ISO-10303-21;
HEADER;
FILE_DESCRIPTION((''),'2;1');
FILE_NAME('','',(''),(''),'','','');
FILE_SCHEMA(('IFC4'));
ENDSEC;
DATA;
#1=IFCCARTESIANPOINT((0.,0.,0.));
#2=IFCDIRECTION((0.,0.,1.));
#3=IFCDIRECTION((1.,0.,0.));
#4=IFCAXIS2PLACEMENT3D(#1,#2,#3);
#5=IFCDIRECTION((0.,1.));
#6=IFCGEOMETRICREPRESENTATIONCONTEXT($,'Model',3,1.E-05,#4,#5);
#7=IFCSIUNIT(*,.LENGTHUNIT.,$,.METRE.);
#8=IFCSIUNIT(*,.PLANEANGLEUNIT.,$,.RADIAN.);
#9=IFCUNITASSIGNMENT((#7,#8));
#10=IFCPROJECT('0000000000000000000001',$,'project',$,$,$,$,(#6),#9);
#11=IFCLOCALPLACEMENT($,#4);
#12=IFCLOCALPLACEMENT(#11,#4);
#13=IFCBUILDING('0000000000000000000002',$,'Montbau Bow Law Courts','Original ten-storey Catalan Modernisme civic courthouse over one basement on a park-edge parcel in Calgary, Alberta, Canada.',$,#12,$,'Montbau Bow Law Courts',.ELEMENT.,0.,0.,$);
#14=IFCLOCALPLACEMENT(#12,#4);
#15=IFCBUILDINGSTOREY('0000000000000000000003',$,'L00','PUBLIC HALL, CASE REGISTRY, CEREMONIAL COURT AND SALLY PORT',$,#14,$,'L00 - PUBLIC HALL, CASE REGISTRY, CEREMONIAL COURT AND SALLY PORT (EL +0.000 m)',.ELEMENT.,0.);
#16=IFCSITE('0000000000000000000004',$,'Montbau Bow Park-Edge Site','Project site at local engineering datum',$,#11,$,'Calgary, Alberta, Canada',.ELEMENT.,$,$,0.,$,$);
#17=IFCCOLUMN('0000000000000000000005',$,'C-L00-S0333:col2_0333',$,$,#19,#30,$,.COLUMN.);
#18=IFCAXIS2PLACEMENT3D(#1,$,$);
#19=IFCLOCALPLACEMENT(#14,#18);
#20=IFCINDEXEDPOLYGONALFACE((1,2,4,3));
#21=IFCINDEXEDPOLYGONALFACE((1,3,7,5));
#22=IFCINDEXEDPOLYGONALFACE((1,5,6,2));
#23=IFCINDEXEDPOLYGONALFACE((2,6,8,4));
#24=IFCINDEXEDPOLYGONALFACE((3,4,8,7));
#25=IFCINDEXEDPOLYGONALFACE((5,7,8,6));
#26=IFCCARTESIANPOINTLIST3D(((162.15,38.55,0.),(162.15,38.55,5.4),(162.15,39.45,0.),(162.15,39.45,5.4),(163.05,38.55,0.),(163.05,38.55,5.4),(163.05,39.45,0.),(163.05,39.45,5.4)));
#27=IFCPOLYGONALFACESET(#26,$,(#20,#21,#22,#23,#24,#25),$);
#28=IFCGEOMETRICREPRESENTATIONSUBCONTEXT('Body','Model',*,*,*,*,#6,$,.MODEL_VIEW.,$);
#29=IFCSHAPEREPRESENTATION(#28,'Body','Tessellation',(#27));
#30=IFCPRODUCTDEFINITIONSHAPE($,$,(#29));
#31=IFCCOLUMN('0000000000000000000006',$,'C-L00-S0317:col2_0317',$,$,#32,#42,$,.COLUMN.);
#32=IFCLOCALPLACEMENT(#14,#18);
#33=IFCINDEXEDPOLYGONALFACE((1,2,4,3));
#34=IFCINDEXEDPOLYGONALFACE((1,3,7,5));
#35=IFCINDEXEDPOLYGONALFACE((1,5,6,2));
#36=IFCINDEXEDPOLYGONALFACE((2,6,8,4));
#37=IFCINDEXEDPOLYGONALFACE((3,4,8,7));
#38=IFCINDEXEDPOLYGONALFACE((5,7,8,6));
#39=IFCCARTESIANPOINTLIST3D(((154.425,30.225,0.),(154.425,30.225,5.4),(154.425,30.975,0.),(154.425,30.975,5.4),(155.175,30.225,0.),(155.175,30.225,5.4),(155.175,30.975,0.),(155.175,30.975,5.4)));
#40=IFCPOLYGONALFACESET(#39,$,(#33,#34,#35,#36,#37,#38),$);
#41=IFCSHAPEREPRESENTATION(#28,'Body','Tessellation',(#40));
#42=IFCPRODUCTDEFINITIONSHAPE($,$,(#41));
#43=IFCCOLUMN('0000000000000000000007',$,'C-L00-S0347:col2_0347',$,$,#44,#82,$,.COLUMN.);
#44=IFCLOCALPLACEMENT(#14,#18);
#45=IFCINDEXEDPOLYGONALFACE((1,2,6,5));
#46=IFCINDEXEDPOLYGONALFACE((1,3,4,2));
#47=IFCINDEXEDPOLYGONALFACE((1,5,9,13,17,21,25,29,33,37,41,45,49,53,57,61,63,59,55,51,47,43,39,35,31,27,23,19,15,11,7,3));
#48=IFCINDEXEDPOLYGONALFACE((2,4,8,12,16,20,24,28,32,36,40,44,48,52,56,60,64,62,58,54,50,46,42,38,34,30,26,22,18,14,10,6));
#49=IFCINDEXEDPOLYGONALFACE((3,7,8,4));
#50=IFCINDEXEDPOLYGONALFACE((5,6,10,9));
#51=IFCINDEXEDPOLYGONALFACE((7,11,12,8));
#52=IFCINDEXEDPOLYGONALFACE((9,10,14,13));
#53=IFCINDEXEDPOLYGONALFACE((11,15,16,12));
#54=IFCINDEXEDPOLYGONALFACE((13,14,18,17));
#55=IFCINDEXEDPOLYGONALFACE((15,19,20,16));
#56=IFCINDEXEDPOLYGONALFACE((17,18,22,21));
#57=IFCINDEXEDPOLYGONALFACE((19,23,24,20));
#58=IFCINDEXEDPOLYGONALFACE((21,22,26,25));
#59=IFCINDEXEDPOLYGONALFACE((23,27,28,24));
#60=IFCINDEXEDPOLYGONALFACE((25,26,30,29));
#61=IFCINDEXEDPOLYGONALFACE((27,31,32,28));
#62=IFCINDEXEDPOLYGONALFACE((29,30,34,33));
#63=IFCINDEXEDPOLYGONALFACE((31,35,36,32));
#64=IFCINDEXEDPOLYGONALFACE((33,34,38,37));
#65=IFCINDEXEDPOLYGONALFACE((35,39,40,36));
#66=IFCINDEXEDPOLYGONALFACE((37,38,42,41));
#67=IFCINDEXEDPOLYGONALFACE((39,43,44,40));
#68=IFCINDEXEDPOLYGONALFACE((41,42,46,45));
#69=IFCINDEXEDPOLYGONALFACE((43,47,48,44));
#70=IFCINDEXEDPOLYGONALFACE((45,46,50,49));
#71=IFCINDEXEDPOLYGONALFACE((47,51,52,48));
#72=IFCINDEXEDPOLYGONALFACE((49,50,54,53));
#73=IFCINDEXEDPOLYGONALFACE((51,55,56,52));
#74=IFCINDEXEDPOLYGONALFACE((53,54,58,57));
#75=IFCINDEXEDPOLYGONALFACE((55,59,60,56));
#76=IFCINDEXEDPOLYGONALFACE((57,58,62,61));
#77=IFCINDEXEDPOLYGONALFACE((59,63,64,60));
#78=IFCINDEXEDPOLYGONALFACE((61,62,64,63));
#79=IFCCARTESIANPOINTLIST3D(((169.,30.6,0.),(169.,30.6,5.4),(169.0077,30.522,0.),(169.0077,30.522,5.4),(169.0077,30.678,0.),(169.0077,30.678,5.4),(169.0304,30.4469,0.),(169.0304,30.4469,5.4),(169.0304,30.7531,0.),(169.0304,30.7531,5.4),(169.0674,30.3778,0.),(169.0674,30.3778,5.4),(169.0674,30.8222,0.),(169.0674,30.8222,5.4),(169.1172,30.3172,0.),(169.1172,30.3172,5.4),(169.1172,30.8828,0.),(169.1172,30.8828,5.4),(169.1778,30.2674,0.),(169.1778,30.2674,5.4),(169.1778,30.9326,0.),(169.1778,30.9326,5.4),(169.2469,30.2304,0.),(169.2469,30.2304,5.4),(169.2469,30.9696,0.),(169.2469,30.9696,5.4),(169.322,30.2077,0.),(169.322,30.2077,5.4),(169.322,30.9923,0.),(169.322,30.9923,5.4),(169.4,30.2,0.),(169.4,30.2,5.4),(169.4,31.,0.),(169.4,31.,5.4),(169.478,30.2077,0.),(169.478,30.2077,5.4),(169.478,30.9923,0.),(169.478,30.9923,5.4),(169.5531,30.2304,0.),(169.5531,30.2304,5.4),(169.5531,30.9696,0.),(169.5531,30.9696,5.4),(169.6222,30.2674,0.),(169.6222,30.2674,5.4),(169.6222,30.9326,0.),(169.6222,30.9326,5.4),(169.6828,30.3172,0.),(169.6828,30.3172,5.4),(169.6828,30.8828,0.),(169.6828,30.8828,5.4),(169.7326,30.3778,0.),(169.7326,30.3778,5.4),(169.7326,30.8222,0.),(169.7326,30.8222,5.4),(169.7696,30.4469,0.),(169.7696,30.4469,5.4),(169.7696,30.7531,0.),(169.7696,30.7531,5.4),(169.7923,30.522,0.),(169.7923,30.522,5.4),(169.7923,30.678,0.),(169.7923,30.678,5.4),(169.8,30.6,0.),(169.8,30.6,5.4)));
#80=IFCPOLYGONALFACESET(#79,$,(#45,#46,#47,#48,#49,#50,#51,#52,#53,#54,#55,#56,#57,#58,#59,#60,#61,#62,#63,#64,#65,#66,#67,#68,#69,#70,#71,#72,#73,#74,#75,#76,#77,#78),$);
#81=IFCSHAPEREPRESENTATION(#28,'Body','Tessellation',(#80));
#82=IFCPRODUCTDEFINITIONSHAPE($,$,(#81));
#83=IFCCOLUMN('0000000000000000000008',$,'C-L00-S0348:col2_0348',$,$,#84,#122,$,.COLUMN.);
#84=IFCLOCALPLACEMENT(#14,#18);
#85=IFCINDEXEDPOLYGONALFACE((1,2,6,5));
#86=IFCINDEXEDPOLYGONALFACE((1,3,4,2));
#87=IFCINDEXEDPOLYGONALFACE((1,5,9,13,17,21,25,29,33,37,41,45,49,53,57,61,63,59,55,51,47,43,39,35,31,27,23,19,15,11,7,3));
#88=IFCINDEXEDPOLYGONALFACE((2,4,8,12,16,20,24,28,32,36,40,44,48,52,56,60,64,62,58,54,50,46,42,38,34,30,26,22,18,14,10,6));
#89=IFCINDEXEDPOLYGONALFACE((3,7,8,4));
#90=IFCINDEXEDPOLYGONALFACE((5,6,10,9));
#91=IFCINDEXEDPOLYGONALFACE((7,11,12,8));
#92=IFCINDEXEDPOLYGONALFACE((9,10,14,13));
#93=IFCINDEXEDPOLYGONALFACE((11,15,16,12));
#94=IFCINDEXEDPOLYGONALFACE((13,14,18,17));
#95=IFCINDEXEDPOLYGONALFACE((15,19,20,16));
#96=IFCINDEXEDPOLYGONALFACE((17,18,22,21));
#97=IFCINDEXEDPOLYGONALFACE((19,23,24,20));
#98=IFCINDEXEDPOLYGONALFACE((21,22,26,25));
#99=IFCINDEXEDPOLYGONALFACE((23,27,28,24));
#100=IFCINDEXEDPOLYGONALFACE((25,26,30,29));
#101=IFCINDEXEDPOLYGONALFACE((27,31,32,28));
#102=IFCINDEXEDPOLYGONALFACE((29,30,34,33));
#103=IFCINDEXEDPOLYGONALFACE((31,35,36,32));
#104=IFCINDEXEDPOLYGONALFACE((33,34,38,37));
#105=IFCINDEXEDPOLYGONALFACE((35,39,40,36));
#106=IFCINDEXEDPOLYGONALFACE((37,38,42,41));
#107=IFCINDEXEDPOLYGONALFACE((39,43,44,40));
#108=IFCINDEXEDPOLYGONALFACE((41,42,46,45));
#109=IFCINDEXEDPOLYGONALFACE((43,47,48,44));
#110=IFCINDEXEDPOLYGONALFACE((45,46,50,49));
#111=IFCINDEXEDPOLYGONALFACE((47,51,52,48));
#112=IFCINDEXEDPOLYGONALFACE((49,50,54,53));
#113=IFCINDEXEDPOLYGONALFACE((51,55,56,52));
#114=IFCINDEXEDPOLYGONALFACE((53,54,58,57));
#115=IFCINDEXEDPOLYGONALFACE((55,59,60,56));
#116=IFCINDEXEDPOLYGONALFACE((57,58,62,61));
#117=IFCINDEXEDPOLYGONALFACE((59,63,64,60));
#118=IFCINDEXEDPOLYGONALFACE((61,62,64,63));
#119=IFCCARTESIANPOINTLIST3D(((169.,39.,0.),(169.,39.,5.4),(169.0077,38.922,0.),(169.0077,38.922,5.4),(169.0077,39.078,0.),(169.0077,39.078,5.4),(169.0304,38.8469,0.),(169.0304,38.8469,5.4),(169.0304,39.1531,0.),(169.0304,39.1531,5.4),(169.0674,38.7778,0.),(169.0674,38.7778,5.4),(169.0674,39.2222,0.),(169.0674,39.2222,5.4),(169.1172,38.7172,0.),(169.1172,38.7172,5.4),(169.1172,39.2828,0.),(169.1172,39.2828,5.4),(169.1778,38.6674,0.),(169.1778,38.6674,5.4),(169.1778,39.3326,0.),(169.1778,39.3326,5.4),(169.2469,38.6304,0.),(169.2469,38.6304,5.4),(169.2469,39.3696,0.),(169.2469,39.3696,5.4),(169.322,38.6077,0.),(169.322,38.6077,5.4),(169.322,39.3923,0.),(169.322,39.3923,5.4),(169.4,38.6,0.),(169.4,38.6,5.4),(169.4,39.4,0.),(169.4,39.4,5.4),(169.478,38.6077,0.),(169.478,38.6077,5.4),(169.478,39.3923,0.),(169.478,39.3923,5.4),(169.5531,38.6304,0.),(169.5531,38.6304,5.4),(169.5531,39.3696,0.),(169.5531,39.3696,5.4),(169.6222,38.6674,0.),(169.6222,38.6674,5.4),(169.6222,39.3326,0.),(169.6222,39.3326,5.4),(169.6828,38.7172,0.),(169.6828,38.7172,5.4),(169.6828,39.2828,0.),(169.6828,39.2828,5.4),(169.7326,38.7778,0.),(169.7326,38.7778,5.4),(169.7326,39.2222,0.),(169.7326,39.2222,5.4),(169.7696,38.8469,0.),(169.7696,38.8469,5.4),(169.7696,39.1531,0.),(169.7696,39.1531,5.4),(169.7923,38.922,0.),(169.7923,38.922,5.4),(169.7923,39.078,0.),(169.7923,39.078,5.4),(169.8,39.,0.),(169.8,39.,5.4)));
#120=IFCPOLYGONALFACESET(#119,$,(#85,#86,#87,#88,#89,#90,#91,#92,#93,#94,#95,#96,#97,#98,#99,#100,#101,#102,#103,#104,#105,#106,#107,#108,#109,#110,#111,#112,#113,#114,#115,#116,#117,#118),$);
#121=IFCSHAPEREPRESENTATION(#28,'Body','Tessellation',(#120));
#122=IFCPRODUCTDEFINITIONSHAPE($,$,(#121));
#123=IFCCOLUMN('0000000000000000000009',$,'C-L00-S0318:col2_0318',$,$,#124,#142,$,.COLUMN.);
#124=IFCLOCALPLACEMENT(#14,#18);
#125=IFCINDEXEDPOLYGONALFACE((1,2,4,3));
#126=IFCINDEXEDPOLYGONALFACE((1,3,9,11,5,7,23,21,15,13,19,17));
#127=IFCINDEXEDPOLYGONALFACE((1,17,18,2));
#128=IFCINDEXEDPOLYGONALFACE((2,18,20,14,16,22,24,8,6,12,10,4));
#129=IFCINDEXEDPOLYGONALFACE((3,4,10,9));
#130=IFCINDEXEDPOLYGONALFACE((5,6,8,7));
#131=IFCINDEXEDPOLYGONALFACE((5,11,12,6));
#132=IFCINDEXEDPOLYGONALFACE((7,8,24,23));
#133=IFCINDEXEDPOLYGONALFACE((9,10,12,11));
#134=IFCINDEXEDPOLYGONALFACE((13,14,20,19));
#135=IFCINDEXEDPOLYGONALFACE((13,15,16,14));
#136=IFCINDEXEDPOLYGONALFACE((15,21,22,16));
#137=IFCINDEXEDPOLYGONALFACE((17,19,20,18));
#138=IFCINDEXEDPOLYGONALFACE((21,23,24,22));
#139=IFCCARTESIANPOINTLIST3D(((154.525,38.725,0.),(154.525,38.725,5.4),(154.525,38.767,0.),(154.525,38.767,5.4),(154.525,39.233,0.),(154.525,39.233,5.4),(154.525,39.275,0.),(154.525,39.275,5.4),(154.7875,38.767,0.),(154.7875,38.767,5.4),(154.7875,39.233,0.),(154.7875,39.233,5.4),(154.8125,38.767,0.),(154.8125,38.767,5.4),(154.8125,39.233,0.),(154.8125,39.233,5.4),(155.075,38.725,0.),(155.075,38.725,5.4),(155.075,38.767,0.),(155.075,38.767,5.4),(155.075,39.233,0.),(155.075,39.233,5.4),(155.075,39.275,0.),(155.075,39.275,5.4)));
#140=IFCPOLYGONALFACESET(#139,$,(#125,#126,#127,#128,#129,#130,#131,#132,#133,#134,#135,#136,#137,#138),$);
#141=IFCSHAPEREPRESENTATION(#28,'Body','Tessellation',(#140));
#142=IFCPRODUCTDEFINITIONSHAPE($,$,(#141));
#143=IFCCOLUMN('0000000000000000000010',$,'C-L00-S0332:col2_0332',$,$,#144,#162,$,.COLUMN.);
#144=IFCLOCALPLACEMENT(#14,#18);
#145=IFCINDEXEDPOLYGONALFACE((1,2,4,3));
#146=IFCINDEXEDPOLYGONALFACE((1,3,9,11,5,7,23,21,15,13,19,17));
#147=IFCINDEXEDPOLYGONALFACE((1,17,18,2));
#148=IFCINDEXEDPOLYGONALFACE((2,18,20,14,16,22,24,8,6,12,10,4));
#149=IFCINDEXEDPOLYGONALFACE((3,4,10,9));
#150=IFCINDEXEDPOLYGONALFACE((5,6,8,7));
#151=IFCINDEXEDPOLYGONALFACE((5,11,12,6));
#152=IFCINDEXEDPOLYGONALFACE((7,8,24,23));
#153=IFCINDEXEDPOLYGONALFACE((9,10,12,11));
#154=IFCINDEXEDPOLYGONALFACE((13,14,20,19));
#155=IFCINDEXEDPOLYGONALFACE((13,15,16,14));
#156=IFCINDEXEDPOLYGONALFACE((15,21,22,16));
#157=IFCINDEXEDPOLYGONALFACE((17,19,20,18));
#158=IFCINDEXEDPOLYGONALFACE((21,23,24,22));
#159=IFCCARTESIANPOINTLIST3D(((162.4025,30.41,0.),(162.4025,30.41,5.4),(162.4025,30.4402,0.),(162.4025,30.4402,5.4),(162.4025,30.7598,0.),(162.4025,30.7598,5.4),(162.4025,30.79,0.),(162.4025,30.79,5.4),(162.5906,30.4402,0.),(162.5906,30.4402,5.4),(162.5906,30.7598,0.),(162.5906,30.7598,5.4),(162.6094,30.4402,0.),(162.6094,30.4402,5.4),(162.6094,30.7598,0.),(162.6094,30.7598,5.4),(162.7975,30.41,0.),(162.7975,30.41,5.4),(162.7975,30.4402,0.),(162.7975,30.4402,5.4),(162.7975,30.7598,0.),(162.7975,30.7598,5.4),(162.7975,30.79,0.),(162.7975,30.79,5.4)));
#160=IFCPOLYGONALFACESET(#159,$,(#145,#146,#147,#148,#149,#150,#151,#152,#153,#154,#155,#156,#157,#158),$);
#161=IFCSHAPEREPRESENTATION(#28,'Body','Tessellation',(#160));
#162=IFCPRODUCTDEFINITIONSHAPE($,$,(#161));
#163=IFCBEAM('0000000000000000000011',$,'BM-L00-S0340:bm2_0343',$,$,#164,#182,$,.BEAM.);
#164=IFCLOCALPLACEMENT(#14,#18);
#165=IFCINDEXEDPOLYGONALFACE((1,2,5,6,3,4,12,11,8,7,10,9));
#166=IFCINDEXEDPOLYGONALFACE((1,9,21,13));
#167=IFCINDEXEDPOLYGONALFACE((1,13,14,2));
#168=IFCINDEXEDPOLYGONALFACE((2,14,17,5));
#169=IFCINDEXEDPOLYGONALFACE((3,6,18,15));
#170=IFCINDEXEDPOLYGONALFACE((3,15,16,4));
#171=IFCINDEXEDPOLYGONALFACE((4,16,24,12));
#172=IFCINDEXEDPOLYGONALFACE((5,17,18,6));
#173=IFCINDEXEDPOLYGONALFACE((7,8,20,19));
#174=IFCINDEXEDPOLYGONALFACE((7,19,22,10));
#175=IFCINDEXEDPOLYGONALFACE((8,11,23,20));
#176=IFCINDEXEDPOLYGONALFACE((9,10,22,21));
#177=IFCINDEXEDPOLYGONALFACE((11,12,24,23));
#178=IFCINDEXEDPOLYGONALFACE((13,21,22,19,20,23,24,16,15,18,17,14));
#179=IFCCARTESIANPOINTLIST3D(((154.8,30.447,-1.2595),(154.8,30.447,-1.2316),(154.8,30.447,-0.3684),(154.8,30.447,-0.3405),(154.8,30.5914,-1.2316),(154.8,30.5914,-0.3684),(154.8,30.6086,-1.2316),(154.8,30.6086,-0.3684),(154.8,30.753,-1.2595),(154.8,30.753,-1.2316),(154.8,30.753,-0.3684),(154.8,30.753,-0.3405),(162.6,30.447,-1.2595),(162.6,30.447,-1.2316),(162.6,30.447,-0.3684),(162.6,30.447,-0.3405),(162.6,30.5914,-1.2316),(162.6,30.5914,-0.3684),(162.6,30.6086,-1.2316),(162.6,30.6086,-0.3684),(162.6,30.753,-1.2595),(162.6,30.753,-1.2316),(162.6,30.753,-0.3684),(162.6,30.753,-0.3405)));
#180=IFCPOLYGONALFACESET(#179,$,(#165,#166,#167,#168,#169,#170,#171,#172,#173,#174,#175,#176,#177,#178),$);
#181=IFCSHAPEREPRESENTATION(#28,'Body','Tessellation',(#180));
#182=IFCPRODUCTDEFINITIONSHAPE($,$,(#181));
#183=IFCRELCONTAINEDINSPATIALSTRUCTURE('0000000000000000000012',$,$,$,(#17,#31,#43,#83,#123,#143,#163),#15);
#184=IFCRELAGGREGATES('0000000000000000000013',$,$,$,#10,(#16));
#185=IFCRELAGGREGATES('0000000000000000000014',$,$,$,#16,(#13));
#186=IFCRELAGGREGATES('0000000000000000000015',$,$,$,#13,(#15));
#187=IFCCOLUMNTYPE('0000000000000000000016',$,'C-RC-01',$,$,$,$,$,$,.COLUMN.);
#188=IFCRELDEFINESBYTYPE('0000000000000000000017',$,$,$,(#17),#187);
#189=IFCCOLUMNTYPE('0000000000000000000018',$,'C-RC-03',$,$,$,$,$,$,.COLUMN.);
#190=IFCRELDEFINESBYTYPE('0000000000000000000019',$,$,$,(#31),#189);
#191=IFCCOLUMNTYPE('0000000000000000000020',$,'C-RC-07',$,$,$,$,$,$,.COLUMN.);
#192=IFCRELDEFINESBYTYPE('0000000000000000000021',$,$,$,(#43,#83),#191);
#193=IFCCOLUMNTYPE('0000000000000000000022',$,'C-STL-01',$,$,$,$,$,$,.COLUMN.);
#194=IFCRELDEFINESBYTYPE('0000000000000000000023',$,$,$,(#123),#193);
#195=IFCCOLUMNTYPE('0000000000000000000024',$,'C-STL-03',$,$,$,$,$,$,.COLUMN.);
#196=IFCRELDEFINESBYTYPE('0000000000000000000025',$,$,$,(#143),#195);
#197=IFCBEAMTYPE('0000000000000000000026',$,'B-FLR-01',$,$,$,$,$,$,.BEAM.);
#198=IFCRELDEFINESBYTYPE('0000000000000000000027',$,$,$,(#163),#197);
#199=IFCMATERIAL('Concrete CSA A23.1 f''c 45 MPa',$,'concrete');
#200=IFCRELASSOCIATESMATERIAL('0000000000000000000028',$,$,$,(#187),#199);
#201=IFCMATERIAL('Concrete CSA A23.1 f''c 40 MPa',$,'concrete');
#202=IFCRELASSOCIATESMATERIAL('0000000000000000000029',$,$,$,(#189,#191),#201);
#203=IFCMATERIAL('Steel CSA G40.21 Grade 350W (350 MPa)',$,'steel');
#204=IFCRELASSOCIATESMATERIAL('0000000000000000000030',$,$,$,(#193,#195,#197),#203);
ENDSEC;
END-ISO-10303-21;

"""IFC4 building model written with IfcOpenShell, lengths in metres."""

from ifc_helpers import new_model, si_unit, direction, frame, origin_with_axes, origin_2d_with_axis, place, context, subcontext, project, spatial, rectangle, circle, i_section, extrude, material, material_profile, profile_set, type_object, element, save


model = new_model("IFC4")

# Units and contexts
model_context = context("Model", 3, precision=1e-05, world=origin_with_axes(), true_north=direction((0.0, 1.0)))
body_context = subcontext(model_context, "Body", "Model", "MODEL_VIEW")
ifc_project = project(units=[si_unit("LENGTHUNIT", "METRE"), si_unit("PLANEANGLEUNIT", "RADIAN")], contexts=[model_context])

# Site, building, storey
site_placement = place(None, origin_with_axes())
site = spatial("IfcSite", under=ifc_project, at=site_placement, Name="Montbau Bow Park-Edge Site", Description="Project site at local engineering datum", LongName="Calgary, Alberta, Canada", CompositionType="ELEMENT", RefElevation=0.0)
building_placement = place(site_placement, origin_with_axes())
building = spatial("IfcBuilding", under=site, at=building_placement, Name="Montbau Bow Law Courts", Description="Original ten-storey Catalan Modernisme civic courthouse over one basement on a park-edge parcel in Calgary, Alberta, Canada.", LongName="Montbau Bow Law Courts", CompositionType="ELEMENT", ElevationOfRefHeight=0.0, ElevationOfTerrain=0.0)
storey_placement = place(building_placement, origin_with_axes())
storey = spatial("IfcBuildingStorey", under=building, at=storey_placement, Name="L00", Description="PUBLIC HALL, CASE REGISTRY, CEREMONIAL COURT AND SALLY PORT", LongName="L00 - PUBLIC HALL, CASE REGISTRY, CEREMONIAL COURT AND SALLY PORT (EL +0.000 m)", CompositionType="ELEMENT", Elevation=0.0)

# Columns
ifc_material_1 = material(Name="Concrete CSA A23.1 f'c 45 MPa", Category="concrete")
ifc_material_profile_1 = material_profile(ifc_material_1, rectangle(XDim=0.9, YDim=0.9, at=origin_2d_with_axis()), Name="RC900X900", Category="Main", Priority=0)
ifc_profile_set_1 = profile_set([ifc_material_profile_1], Name="Concrete CSA A23.1 f'c 45 MPa")
column_type_1 = type_object("IfcColumnType", Name="C-RC-01", PredefinedType="COLUMN", material=ifc_profile_set_1)
column_1_placement = place(None, frame((162.6, 39.0, 0.0), z_axis=(0.0, 0.0, 1.0), x_axis=(1.0, 0.0, 0.0)))
element("IfcColumn", 1, at=column_1_placement, inside=storey, type_object=column_type_1, Name="C-L00-S0333:col2_0333", PredefinedType="COLUMN", context=body_context, shape_type="SweptSolid", body=[
    extrude(rectangle(XDim=0.9, YDim=0.9, at=origin_2d_with_axis()), origin_with_axes(), (0.0, 0.0, 1.0), 5.4),
])
ifc_material_2 = material(Name="Concrete CSA A23.1 f'c 40 MPa", Category="concrete")
ifc_material_profile_2 = material_profile(ifc_material_2, rectangle(XDim=0.75, YDim=0.75, at=origin_2d_with_axis()), Name="RC750X750", Category="Main", Priority=0)
ifc_profile_set_2 = profile_set([ifc_material_profile_2], Name="Concrete CSA A23.1 f'c 40 MPa")
column_type_2 = type_object("IfcColumnType", Name="C-RC-03", PredefinedType="COLUMN", material=ifc_profile_set_2)
column_2_placement = place(None, frame((154.8, 30.6, 0.0), z_axis=(0.0, 0.0, 1.0), x_axis=(1.0, 0.0, 0.0)))
element("IfcColumn", 2, at=column_2_placement, inside=storey, type_object=column_type_2, Name="C-L00-S0317:col2_0317", PredefinedType="COLUMN", context=body_context, shape_type="SweptSolid", body=[
    extrude(rectangle(XDim=0.75, YDim=0.75, at=origin_2d_with_axis()), origin_with_axes(), (0.0, 0.0, 1.0), 5.4),
])
ifc_material_profile_3 = material_profile(ifc_material_2, circle(Radius=0.4, at=origin_2d_with_axis()), Name="RC800D", Category="Main", Priority=0)
ifc_profile_set_3 = profile_set([ifc_material_profile_3], Name="Concrete CSA A23.1 f'c 40 MPa")
column_type_3 = type_object("IfcColumnType", Name="C-RC-07", PredefinedType="COLUMN", material=ifc_profile_set_3)
for number, where, z_axis, x_axis, name in (
    (3, (169.4, 30.6, 0.0), (0.0, 0.0, 1.0), (1.0, 0.0, 0.0), "C-L00-S0347:col2_0347"),
    (4, (169.4, 39.0, 0.0), (0.0, 0.0, 1.0), (1.0, 0.0, 0.0), "C-L00-S0348:col2_0348"),
):
    element("IfcColumn", number, at=place(None, frame(where, z_axis=z_axis, x_axis=x_axis)), inside=storey, type_object=column_type_3, Name=name, PredefinedType="COLUMN", context=body_context, shape_type="SweptSolid", body=[
        extrude(circle(Radius=0.4, at=origin_2d_with_axis()), origin_with_axes(), (0.0, 0.0, 1.0), 5.4),
    ])
ifc_material_3 = material(Name="Steel CSA G40.21 Grade 350W (350 MPa)", Category="steel")
ifc_material_profile_4 = material_profile(ifc_material_3, i_section(OverallWidth=0.55, OverallDepth=0.55, WebThickness=0.025, FlangeThickness=0.042, at=origin_2d_with_axis()), Name="WWF550X420", Category="Main", Priority=0)
ifc_profile_set_4 = profile_set([ifc_material_profile_4], Name="Steel CSA G40.21 Grade 350W (350 MPa)")
column_type_4 = type_object("IfcColumnType", Name="C-STL-01", PredefinedType="COLUMN", material=ifc_profile_set_4)
column_3_placement = place(None, frame((154.8, 39.0, 0.0), z_axis=(0.0, 0.0, 1.0), x_axis=(1.0, 0.0, 0.0)))
element("IfcColumn", 5, at=column_3_placement, inside=storey, type_object=column_type_4, Name="C-L00-S0318:col2_0318", PredefinedType="COLUMN", context=body_context, shape_type="SweptSolid", body=[
    extrude(i_section(OverallWidth=0.55, OverallDepth=0.55, WebThickness=0.025, FlangeThickness=0.042, at=origin_2d_with_axis()), origin_with_axes(), (0.0, 0.0, 1.0), 5.4),
])
ifc_material_profile_5 = material_profile(ifc_material_3, i_section(OverallWidth=0.395, OverallDepth=0.38, WebThickness=0.0189, FlangeThickness=0.0302, at=origin_2d_with_axis()), Name="W360X237", Category="Main", Priority=0)
ifc_profile_set_5 = profile_set([ifc_material_profile_5], Name="Steel CSA G40.21 Grade 350W (350 MPa)")
column_type_5 = type_object("IfcColumnType", Name="C-STL-03", PredefinedType="COLUMN", material=ifc_profile_set_5)
column_4_placement = place(None, frame((162.6, 30.6, 0.0), z_axis=(0.0, 0.0, 1.0), x_axis=(1.0, 0.0, 0.0)))
element("IfcColumn", 6, at=column_4_placement, inside=storey, type_object=column_type_5, Name="C-L00-S0332:col2_0332", PredefinedType="COLUMN", context=body_context, shape_type="SweptSolid", body=[
    extrude(i_section(OverallWidth=0.395, OverallDepth=0.38, WebThickness=0.0189, FlangeThickness=0.0302, at=origin_2d_with_axis()), origin_with_axes(), (0.0, 0.0, 1.0), 5.4),
])

# Beam
ifc_material_profile_6 = material_profile(ifc_material_3, i_section(OverallWidth=0.306, OverallDepth=0.919, WebThickness=0.0173, FlangeThickness=0.0279, at=origin_2d_with_axis()), Name="W920X253", Category="Main", Priority=0)
ifc_profile_set_6 = profile_set([ifc_material_profile_6], Name="Steel CSA G40.21 Grade 350W (350 MPa)")
beam_type_1 = type_object("IfcBeamType", Name="B-FLR-01", PredefinedType="BEAM", material=ifc_profile_set_6)
beam_1_placement = place(None, frame((154.8, 30.6, -0.8), z_axis=(1.0, 0.0, 0.0), x_axis=(0.0, 1.0, 0.0)))
element("IfcBeam", 7, at=beam_1_placement, inside=storey, type_object=beam_type_1, Name="BM-L00-S0340:bm2_0343", PredefinedType="BEAM", context=body_context, shape_type="SweptSolid", body=[
    extrude(i_section(OverallWidth=0.306, OverallDepth=0.919, WebThickness=0.0173, FlangeThickness=0.0279, at=origin_2d_with_axis()), origin_with_axes(), (0.0, 0.0, 1.0), 7.8),
])

save(model, "model.ifc")
